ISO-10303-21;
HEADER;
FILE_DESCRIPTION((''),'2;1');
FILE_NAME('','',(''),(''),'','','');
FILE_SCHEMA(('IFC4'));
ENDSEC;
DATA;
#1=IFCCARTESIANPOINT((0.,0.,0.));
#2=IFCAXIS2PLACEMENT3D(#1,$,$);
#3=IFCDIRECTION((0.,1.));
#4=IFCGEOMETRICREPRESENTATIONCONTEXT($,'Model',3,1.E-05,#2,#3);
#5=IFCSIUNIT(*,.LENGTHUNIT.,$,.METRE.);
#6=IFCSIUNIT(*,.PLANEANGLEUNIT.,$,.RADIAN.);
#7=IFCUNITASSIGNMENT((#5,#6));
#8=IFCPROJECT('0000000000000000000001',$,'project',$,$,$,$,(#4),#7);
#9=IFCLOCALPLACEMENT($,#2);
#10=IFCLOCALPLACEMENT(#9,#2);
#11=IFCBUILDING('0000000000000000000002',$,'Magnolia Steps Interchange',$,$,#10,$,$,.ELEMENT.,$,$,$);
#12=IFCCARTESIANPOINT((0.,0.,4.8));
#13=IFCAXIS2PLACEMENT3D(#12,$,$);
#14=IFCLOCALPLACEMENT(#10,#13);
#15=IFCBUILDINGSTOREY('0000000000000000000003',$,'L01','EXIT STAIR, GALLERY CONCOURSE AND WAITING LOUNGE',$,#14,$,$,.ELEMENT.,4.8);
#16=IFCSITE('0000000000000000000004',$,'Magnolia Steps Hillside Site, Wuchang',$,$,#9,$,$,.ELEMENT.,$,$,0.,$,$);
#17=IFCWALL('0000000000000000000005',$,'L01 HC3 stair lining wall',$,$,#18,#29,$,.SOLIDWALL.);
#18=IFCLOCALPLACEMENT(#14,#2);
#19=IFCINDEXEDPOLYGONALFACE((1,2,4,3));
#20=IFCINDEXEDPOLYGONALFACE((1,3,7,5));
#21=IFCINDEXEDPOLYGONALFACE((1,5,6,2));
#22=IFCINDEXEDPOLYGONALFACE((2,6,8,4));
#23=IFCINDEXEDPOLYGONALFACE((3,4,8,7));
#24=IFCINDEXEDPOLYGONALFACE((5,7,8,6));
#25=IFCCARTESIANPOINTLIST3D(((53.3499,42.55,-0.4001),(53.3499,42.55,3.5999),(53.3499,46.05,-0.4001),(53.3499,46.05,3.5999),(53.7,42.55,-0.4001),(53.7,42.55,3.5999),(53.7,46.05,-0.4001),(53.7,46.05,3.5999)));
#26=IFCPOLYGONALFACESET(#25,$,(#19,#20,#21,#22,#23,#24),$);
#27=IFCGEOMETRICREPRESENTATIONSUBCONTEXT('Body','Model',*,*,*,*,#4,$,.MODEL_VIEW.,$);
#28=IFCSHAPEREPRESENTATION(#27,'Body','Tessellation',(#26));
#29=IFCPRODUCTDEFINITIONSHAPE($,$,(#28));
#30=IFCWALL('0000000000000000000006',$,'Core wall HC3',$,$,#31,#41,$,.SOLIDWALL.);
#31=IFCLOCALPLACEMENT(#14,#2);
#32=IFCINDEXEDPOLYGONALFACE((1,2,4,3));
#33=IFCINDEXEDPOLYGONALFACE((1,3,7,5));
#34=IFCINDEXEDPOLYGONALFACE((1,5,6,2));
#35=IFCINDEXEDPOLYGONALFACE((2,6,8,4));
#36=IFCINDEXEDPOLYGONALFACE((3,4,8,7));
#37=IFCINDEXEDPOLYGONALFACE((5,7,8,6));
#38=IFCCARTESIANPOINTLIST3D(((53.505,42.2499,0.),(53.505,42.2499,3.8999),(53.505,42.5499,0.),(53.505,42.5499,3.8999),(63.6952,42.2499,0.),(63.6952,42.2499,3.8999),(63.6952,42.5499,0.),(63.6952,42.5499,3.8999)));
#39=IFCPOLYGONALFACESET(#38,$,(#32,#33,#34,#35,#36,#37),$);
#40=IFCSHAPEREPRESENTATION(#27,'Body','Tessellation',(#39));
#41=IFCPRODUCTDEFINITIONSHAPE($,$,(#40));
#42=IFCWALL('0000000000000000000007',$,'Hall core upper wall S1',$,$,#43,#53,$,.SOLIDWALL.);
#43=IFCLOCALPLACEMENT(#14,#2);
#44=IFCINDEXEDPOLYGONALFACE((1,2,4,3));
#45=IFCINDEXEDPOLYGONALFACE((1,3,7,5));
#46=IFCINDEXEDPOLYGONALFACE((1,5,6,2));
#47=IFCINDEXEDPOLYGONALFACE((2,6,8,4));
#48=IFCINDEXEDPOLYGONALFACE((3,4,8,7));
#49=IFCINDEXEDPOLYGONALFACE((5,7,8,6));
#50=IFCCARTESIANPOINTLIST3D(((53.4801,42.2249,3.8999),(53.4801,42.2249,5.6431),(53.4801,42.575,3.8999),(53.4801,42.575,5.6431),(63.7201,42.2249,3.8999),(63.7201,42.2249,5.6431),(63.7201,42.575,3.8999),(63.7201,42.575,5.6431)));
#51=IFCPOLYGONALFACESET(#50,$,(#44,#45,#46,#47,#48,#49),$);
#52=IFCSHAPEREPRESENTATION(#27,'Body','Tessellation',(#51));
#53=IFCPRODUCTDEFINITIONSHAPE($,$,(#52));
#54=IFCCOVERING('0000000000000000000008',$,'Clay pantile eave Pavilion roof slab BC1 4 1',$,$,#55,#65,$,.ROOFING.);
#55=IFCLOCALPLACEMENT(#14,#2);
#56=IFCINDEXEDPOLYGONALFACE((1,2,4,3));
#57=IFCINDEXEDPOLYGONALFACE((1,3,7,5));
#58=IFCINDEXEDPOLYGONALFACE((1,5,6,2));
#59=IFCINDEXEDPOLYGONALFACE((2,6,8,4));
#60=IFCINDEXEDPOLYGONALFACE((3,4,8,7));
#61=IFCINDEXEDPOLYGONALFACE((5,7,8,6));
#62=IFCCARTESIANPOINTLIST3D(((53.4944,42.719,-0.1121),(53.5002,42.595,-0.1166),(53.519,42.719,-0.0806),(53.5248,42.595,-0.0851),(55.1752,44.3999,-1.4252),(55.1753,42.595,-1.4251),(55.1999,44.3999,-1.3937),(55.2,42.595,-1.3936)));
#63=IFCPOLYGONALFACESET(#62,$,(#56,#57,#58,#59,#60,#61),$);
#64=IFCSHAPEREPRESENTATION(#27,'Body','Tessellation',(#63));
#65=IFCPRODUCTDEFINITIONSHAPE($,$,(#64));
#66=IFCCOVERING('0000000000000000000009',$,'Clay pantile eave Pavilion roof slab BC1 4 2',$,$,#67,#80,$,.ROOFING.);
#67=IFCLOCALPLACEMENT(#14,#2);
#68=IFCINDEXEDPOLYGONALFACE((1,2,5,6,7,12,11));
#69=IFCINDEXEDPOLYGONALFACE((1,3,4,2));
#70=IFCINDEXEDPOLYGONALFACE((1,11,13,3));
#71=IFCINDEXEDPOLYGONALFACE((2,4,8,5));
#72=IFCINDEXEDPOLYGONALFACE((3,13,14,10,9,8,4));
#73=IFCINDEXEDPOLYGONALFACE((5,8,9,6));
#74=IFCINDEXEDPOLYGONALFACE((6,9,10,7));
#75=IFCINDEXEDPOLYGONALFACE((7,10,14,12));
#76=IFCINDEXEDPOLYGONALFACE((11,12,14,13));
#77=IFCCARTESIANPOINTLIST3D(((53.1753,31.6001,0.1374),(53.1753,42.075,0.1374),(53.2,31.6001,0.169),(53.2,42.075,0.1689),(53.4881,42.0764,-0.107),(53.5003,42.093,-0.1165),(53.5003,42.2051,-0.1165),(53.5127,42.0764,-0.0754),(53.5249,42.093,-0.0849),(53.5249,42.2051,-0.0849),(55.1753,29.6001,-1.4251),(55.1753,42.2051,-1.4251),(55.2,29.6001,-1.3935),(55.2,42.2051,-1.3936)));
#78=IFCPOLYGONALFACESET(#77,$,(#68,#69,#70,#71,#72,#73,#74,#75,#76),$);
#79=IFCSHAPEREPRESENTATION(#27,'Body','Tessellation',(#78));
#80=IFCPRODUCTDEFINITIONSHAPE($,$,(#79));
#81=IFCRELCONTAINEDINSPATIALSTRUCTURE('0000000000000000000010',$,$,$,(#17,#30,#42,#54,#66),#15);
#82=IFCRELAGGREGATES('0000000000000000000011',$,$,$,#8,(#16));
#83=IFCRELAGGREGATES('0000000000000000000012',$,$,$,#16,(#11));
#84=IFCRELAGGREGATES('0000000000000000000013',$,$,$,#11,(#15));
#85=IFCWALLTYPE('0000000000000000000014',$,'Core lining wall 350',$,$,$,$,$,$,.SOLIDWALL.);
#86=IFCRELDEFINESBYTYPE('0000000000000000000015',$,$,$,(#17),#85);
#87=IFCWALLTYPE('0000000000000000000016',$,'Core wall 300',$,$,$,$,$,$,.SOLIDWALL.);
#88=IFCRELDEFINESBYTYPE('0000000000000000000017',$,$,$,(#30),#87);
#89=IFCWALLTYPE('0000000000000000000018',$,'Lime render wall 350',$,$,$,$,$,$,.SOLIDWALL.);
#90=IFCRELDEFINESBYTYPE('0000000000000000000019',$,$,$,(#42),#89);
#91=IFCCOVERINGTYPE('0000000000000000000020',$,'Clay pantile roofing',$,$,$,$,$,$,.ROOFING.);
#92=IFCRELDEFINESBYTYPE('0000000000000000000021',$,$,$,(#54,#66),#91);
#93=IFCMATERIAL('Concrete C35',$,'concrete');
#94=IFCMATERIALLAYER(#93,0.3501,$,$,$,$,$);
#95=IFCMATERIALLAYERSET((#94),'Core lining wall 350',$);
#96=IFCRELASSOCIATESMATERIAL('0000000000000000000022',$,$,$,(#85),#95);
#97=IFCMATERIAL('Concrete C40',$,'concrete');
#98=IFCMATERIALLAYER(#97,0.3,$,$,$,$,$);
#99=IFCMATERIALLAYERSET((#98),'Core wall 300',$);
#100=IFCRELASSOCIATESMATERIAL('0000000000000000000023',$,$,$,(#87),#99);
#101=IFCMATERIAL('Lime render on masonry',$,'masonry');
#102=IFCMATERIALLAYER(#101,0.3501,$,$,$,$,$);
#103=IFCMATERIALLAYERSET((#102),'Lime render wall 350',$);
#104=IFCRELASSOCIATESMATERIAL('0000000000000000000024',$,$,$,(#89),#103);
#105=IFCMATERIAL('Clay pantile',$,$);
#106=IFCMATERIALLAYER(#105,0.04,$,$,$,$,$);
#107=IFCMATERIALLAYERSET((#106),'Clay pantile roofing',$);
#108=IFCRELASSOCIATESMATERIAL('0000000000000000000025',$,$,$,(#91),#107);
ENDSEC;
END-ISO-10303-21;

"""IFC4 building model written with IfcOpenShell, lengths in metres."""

from ifc_helpers import new_model, si_unit, direction, frame, frame_2d, origin, place, context, subcontext, project, spatial, polyline, rectangle, outline, extrude, material, layer, layer_set, type_object, element, save


model = new_model("IFC4")

# Units and contexts
model_context = context("Model", 3, precision=1e-05, world=origin(), true_north=direction((0.0, 1.0)))
body_context = subcontext(model_context, "Body", "Model", "MODEL_VIEW")
ifc_project = project(units=[si_unit("LENGTHUNIT", "METRE"), si_unit("PLANEANGLEUNIT", "RADIAN")], contexts=[model_context])

# Site, building, storey
site_placement = place(None, origin())
site = spatial("IfcSite", under=ifc_project, at=site_placement, Name="Magnolia Steps Hillside Site, Wuchang", CompositionType="ELEMENT", RefElevation=0.0)
building_placement = place(site_placement, origin())
building = spatial("IfcBuilding", under=site, at=building_placement, Name="Magnolia Steps Interchange", CompositionType="ELEMENT")
storey_placement = place(building_placement, frame((0.0, 0.0, 4.8)))
storey = spatial("IfcBuildingStorey", under=building, at=storey_placement, Name="L01", Description="EXIT STAIR, GALLERY CONCOURSE AND WAITING LOUNGE", CompositionType="ELEMENT", Elevation=4.8)

# Walls
ifc_material_1 = material(Name="Concrete C35", Category="concrete")
ifc_layer_1 = layer(ifc_material_1, 0.3501)
ifc_layer_set_1 = layer_set([ifc_layer_1], Name="Core lining wall 350")
wall_type_1 = type_object("IfcWallType", Name="Core lining wall 350", PredefinedType="SOLIDWALL", material=ifc_layer_set_1)
wall_1_placement = place(storey_placement, frame((53.5249, 42.55, -0.4001), z_axis=(0.0, 0.0, 1.0), x_axis=(0.0, 1.0, 0.0)))
element("IfcWall", 1, at=wall_1_placement, inside=storey, type_object=wall_type_1, Name="L01 HC3 stair lining wall", PredefinedType="SOLIDWALL", context=body_context, shape_type="SweptSolid", body=[
    extrude(rectangle(XDim=3.5, YDim=0.3501, at=frame_2d((1.75, 0.0))), origin(), (0.0, 0.0, 1.0), 4.0),
])
ifc_material_2 = material(Name="Concrete C40", Category="concrete")
ifc_layer_2 = layer(ifc_material_2, 0.3)
ifc_layer_set_2 = layer_set([ifc_layer_2], Name="Core wall 300")
wall_type_2 = type_object("IfcWallType", Name="Core wall 300", PredefinedType="SOLIDWALL", material=ifc_layer_set_2)
wall_2_placement = place(storey_placement, frame((53.5049, 42.3999, 0.0), z_axis=(0.0, 0.0, 1.0), x_axis=(1.0, 0.0, 0.0)))
element("IfcWall", 2, at=wall_2_placement, inside=storey, type_object=wall_type_2, Name="Core wall HC3", PredefinedType="SOLIDWALL", context=body_context, shape_type="SweptSolid", body=[
    extrude(rectangle(XDim=10.1902, YDim=0.3, at=frame_2d((5.0952, 0.0))), origin(), (0.0, 0.0, 1.0), 3.8999),
])
ifc_material_3 = material(Name="Lime render on masonry", Category="masonry")
ifc_layer_3 = layer(ifc_material_3, 0.3501)
ifc_layer_set_3 = layer_set([ifc_layer_3], Name="Lime render wall 350")
wall_type_3 = type_object("IfcWallType", Name="Lime render wall 350", PredefinedType="SOLIDWALL", material=ifc_layer_set_3)
wall_3_placement = place(storey_placement, frame((53.48, 42.3999, 3.8999), z_axis=(0.0, 0.0, 1.0), x_axis=(1.0, 0.0, 0.0)))
element("IfcWall", 3, at=wall_3_placement, inside=storey, type_object=wall_type_3, Name="Hall core upper wall S1", PredefinedType="SOLIDWALL", context=body_context, shape_type="SweptSolid", body=[
    extrude(rectangle(XDim=10.24, YDim=0.3501, at=frame_2d((5.1201, 0.0))), origin(), (0.0, 0.0, 1.0), 1.7432),
])

# Coverings
ifc_material_4 = material(Name="Clay pantile")
ifc_layer_4 = layer(ifc_material_4, 0.04)
ifc_layer_set_4 = layer_set([ifc_layer_4], Name="Clay pantile roofing")
covering_type = type_object("IfcCoveringType", Name="Clay pantile roofing", PredefinedType="ROOFING", material=ifc_layer_set_4)
covering_1_placement = place(storey_placement, frame((55.2, 42.595, -1.3936), z_axis=(0.615583, 0.000075, 0.788072), x_axis=(-0.788072, 0.0, 0.615583)))
element("IfcCovering", 4, at=covering_1_placement, inside=storey, type_object=covering_type, Name="Clay pantile eave Pavilion roof slab BC1 4 1", PredefinedType="ROOFING", context=body_context, shape_type="SweptSolid", body=[
    extrude(outline(polyline([(0.0, 0.0), (2.1256, 0.0), (2.1329, -0.124), (0.0, -1.8049), (0.0, 0.0)])), origin(), (0.0, 0.0, -1.0), 0.04),
])
covering_2_placement = place(storey_placement, frame((55.2, 42.2051, -1.3936), z_axis=(0.615644, 0.000001, 0.788024), x_axis=(0.000001, -1.0, 0.000001)))
element("IfcCovering", 5, at=covering_2_placement, inside=storey, type_object=covering_type, Name="Clay pantile eave Pavilion roof slab BC1 4 2", PredefinedType="ROOFING", context=body_context, shape_type="SweptSolid", body=[
    extrude(outline(polyline([(0.0, 0.0), (12.605, 0.0), (10.605, -2.538), (0.1301, -2.538), (0.1287, -2.1411), (0.1121, -2.1256), (0.0, -2.1256), (0.0, 0.0)])), origin(), (0.0, 0.0, -1.0), 0.04),
])

save(model, "model.ifc")
